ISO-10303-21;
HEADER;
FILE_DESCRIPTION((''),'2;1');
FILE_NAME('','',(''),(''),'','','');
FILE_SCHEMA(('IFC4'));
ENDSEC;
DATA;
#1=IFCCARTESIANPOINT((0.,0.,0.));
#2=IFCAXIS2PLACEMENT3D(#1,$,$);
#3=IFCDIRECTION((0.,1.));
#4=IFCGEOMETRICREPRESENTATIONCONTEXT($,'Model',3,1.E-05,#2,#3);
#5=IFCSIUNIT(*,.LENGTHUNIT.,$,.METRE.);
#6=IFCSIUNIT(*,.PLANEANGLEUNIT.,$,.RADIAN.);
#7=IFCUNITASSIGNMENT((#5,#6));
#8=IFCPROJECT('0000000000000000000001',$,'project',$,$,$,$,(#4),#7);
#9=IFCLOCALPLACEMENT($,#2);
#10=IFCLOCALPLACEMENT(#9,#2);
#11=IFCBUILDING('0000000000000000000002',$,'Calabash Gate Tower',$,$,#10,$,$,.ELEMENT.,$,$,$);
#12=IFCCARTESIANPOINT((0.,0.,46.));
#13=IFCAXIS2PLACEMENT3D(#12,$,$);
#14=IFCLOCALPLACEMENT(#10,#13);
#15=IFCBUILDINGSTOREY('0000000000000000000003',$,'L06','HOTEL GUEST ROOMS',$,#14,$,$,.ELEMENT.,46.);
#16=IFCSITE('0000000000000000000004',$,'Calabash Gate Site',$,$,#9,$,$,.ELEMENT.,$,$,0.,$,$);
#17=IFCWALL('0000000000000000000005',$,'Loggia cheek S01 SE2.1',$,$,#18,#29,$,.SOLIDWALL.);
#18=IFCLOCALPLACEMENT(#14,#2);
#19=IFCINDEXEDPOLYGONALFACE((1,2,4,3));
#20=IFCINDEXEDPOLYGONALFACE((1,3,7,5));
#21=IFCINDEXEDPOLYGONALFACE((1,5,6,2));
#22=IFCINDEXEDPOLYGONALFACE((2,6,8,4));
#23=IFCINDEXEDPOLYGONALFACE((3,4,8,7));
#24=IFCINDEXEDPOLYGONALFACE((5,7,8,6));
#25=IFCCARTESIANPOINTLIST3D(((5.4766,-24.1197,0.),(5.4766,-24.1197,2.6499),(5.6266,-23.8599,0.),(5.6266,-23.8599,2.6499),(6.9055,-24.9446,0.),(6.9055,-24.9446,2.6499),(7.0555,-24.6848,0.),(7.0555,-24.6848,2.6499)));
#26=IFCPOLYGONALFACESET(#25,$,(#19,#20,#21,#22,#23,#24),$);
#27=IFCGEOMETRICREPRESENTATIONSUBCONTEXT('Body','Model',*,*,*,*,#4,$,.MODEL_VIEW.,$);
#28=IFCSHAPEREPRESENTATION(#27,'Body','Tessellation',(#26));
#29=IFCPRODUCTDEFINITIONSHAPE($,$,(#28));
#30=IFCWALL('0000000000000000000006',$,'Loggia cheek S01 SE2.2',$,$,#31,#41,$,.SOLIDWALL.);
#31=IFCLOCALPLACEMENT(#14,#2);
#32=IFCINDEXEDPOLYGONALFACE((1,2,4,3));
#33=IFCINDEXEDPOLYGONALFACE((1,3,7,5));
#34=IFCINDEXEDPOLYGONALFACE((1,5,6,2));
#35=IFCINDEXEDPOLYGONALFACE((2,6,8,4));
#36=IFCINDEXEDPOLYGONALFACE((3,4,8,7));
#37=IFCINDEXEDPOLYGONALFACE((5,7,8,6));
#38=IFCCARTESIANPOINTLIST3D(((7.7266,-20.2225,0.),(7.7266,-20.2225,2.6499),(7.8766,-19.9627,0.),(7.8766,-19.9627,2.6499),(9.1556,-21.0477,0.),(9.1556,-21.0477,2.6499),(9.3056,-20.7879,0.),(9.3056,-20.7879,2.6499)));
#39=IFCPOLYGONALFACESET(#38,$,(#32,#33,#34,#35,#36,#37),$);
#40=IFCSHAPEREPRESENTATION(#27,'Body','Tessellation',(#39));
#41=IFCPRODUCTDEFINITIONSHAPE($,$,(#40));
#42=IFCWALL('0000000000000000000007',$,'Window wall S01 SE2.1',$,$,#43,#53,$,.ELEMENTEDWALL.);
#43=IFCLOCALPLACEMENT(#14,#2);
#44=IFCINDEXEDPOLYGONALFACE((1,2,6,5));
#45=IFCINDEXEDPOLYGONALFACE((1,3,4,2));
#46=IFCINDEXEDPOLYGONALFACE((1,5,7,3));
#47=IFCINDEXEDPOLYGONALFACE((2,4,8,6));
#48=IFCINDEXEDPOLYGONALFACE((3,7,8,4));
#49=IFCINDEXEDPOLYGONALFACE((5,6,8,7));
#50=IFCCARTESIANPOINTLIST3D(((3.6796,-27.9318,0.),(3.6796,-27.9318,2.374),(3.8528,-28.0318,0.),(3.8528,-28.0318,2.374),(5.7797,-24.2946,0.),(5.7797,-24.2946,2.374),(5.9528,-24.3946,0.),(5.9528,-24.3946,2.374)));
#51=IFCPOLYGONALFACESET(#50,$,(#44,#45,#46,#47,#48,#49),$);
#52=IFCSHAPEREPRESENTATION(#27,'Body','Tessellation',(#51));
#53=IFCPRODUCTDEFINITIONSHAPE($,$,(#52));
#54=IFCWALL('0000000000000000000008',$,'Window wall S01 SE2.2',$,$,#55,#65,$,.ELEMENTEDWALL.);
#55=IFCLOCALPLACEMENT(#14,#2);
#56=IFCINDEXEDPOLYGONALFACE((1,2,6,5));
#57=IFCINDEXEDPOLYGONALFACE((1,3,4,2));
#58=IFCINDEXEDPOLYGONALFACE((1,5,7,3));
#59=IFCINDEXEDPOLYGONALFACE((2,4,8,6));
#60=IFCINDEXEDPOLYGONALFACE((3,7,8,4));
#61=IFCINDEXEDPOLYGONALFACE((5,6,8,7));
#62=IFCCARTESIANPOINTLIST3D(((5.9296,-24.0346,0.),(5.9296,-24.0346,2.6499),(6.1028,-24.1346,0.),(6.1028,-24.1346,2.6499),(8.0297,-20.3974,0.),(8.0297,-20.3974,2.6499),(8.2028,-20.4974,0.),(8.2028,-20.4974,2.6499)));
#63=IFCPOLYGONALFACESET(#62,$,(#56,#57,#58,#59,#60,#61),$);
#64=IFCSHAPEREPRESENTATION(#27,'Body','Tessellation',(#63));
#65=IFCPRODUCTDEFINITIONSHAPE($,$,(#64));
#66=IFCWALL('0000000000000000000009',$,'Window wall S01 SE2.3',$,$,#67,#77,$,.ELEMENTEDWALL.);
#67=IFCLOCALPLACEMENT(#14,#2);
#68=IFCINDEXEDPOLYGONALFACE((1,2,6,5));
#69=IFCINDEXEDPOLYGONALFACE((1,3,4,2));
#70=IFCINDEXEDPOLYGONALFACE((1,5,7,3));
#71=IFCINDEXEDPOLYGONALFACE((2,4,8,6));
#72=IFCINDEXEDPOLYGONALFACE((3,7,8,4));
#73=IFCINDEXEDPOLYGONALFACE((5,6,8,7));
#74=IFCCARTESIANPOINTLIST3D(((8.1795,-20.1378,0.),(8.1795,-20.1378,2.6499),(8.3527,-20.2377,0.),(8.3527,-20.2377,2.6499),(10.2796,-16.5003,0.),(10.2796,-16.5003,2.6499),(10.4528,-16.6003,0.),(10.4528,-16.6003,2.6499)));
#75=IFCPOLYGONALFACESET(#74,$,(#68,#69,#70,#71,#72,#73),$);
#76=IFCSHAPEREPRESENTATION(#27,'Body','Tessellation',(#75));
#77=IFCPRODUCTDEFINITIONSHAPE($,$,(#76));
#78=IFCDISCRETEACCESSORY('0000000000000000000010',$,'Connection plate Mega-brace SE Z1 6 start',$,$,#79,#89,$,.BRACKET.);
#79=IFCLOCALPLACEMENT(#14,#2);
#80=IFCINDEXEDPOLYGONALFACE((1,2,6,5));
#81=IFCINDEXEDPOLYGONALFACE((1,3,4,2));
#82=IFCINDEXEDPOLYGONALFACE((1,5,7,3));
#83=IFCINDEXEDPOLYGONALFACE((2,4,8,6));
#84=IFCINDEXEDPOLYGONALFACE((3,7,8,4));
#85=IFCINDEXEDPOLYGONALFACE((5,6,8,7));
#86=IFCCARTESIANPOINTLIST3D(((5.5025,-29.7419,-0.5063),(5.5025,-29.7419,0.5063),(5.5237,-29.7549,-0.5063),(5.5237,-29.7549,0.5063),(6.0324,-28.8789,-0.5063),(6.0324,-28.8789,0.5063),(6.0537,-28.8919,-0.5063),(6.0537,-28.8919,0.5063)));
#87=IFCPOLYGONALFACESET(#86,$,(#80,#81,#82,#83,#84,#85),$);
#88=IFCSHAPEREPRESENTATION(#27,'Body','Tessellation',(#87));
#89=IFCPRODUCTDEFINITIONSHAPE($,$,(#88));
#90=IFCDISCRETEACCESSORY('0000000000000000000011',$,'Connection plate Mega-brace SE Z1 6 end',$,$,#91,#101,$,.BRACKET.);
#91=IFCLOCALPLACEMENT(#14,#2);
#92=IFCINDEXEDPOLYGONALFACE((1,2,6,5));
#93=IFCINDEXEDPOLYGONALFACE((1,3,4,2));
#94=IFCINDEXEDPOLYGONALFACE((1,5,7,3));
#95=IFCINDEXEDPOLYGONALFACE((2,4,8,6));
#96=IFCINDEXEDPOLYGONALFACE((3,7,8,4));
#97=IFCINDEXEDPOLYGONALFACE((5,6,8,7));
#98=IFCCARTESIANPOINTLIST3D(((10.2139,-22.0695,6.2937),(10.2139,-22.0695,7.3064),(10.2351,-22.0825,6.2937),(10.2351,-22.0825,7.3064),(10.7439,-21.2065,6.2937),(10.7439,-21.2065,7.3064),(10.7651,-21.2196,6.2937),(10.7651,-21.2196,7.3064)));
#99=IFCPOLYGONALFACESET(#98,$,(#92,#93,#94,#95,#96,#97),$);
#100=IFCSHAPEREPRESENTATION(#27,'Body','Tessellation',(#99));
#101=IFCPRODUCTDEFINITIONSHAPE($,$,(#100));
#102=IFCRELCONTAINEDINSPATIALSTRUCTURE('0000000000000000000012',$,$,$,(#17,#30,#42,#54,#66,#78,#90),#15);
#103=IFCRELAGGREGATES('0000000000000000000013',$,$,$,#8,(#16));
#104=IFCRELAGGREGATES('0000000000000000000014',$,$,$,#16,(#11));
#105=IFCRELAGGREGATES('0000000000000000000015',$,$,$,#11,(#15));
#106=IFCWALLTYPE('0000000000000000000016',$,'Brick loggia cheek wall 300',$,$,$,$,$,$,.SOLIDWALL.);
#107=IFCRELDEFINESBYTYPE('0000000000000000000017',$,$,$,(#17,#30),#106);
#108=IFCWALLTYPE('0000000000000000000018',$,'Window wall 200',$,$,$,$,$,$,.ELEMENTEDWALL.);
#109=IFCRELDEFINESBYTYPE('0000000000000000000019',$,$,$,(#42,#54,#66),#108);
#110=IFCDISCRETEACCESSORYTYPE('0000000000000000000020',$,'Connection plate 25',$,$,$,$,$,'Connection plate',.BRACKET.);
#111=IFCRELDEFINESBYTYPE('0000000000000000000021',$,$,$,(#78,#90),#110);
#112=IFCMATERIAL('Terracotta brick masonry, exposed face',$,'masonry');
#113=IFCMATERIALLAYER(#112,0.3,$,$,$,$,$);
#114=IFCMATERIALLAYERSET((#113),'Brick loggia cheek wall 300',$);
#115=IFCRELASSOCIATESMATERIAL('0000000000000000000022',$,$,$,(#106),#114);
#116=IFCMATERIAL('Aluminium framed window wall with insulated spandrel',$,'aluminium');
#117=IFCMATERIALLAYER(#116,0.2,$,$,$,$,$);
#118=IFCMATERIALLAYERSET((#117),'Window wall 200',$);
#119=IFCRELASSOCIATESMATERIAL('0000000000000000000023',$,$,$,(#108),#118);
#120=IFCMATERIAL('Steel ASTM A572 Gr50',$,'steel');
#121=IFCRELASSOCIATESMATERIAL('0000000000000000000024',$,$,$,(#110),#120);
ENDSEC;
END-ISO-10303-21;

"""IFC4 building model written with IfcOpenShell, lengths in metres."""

from ifc_helpers import new_model, si_unit, direction, frame, frame_2d, origin, origin_2d, place, context, subcontext, project, spatial, rectangle, extrude, material, layer, layer_set, type_object, element, save


model = new_model("IFC4")

# Units and contexts
model_context = context("Model", 3, precision=1e-05, world=origin(), true_north=direction((0.0, 1.0)))
body_context = subcontext(model_context, "Body", "Model", "MODEL_VIEW")
ifc_project = project(units=[si_unit("LENGTHUNIT", "METRE"), si_unit("PLANEANGLEUNIT", "RADIAN")], contexts=[model_context])

# Site, building, storey
site_placement = place(None, origin())
site = spatial("IfcSite", under=ifc_project, at=site_placement, Name="Calabash Gate Site", CompositionType="ELEMENT", RefElevation=0.0)
building_placement = place(site_placement, origin())
building = spatial("IfcBuilding", under=site, at=building_placement, Name="Calabash Gate Tower", CompositionType="ELEMENT")
storey_placement = place(building_placement, frame((0.0, 0.0, 46.0)))
storey = spatial("IfcBuildingStorey", under=building, at=storey_placement, Name="L06", Description="HOTEL GUEST ROOMS", CompositionType="ELEMENT", Elevation=46.0)

# Walls
ifc_material_1 = material(Name="Terracotta brick masonry, exposed face", Category="masonry")
ifc_layer_1 = layer(ifc_material_1, 0.3)
ifc_layer_set_1 = layer_set([ifc_layer_1], Name="Brick loggia cheek wall 300")
wall_type_1 = type_object("IfcWallType", Name="Brick loggia cheek wall 300", PredefinedType="SOLIDWALL", material=ifc_layer_set_1)
wall_1_placement = place(storey_placement, frame((6.9805, -24.8147, 0.0), z_axis=(0.0, 0.0, 1.0), x_axis=(-0.86604, 0.499974, 0.0)))
element("IfcWall", 1, at=wall_1_placement, inside=storey, type_object=wall_type_1, Name="Loggia cheek S01 SE2.1", PredefinedType="SOLIDWALL", context=body_context, shape_type="SweptSolid", body=[
    extrude(rectangle(XDim=1.6499, YDim=0.3, at=frame_2d((0.825, 0.0))), origin(), (0.0, 0.0, 1.0), 2.6499),
])
wall_2_placement = place(storey_placement, frame((7.8015, -20.0925, 0.0), z_axis=(0.0, 0.0, 1.0), x_axis=(0.865976, -0.500085, 0.0)))
element("IfcWall", 2, at=wall_2_placement, inside=storey, type_object=wall_type_1, Name="Loggia cheek S01 SE2.2", PredefinedType="SOLIDWALL", context=body_context, shape_type="SweptSolid", body=[
    extrude(rectangle(XDim=1.6501, YDim=0.3, at=frame_2d((0.8252, 0.0))), origin(), (0.0, 0.0, 1.0), 2.6499),
])
ifc_material_2 = material(Name="Aluminium framed window wall with insulated spandrel", Category="aluminium")
ifc_layer_2 = layer(ifc_material_2, 0.2)
ifc_layer_set_2 = layer_set([ifc_layer_2], Name="Window wall 200")
wall_type_2 = type_object("IfcWallType", Name="Window wall 200", PredefinedType="ELEMENTEDWALL", material=ifc_layer_set_2)
wall_3_placement = place(storey_placement, frame((3.7661, -27.9819, 0.0), z_axis=(0.0, 0.0, 1.0), x_axis=(0.500028, 0.866009, 0.0)))
element("IfcWall", 3, at=wall_3_placement, inside=storey, type_object=wall_type_2, Name="Window wall S01 SE2.1", PredefinedType="ELEMENTEDWALL", context=body_context, shape_type="SweptSolid", body=[
    extrude(rectangle(XDim=4.2, YDim=0.2, at=frame_2d((2.1001, 0.0))), origin(), (0.0, 0.0, 1.0), 2.374),
])
wall_4_placement = place(storey_placement, frame((6.0161, -24.0847, 0.0), z_axis=(0.0, 0.0, 1.0), x_axis=(0.500028, 0.866009, 0.0)))
element("IfcWall", 4, at=wall_4_placement, inside=storey, type_object=wall_type_2, Name="Window wall S01 SE2.2", PredefinedType="ELEMENTEDWALL", context=body_context, shape_type="SweptSolid", body=[
    extrude(rectangle(XDim=4.2, YDim=0.2, at=frame_2d((2.1001, 0.0))), origin(), (0.0, 0.0, 1.0), 2.6499),
])
wall_5_placement = place(storey_placement, frame((8.2661, -20.1877, 0.0), z_axis=(0.0, 0.0, 1.0), x_axis=(0.500003, 0.866024, 0.0)))
element("IfcWall", 5, at=wall_5_placement, inside=storey, type_object=wall_type_2, Name="Window wall S01 SE2.3", PredefinedType="ELEMENTEDWALL", context=body_context, shape_type="SweptSolid", body=[
    extrude(rectangle(XDim=4.2002, YDim=0.2, at=frame_2d((2.1001, 0.0))), origin(), (0.0, 0.0, 1.0), 2.6499),
])

# Discrete accessories
ifc_material_3 = material(Name="Steel ASTM A572 Gr50", Category="steel")
discrete_accessory_type = type_object("IfcDiscreteAccessoryType", Name="Connection plate 25", ElementType="Connection plate", PredefinedType="BRACKET", material=ifc_material_3)
for number, where, z_axis, x_axis, name in (
    (6, (5.7781, -29.3169, -0.5063), (0.0, 0.0, 1.0), (0.523301, 0.852148, 0.0), "Connection plate Mega-brace SE Z1 6 start"),
    (7, (10.4895, -21.6445, 6.2937), (0.0, 0.0, 1.0), (0.523301, 0.852148, 0.0), "Connection plate Mega-brace SE Z1 6 end"),
):
    element("IfcDiscreteAccessory", number, at=place(storey_placement, frame(where, z_axis=z_axis, x_axis=x_axis)), inside=storey, type_object=discrete_accessory_type, Name=name, PredefinedType="BRACKET", context=body_context, shape_type="SweptSolid", body=[
        extrude(rectangle(XDim=1.0127, YDim=0.0249, at=origin_2d()), origin(), (0.0, 0.0, 1.0), 1.0127),
    ])

save(model, "model.ifc")
